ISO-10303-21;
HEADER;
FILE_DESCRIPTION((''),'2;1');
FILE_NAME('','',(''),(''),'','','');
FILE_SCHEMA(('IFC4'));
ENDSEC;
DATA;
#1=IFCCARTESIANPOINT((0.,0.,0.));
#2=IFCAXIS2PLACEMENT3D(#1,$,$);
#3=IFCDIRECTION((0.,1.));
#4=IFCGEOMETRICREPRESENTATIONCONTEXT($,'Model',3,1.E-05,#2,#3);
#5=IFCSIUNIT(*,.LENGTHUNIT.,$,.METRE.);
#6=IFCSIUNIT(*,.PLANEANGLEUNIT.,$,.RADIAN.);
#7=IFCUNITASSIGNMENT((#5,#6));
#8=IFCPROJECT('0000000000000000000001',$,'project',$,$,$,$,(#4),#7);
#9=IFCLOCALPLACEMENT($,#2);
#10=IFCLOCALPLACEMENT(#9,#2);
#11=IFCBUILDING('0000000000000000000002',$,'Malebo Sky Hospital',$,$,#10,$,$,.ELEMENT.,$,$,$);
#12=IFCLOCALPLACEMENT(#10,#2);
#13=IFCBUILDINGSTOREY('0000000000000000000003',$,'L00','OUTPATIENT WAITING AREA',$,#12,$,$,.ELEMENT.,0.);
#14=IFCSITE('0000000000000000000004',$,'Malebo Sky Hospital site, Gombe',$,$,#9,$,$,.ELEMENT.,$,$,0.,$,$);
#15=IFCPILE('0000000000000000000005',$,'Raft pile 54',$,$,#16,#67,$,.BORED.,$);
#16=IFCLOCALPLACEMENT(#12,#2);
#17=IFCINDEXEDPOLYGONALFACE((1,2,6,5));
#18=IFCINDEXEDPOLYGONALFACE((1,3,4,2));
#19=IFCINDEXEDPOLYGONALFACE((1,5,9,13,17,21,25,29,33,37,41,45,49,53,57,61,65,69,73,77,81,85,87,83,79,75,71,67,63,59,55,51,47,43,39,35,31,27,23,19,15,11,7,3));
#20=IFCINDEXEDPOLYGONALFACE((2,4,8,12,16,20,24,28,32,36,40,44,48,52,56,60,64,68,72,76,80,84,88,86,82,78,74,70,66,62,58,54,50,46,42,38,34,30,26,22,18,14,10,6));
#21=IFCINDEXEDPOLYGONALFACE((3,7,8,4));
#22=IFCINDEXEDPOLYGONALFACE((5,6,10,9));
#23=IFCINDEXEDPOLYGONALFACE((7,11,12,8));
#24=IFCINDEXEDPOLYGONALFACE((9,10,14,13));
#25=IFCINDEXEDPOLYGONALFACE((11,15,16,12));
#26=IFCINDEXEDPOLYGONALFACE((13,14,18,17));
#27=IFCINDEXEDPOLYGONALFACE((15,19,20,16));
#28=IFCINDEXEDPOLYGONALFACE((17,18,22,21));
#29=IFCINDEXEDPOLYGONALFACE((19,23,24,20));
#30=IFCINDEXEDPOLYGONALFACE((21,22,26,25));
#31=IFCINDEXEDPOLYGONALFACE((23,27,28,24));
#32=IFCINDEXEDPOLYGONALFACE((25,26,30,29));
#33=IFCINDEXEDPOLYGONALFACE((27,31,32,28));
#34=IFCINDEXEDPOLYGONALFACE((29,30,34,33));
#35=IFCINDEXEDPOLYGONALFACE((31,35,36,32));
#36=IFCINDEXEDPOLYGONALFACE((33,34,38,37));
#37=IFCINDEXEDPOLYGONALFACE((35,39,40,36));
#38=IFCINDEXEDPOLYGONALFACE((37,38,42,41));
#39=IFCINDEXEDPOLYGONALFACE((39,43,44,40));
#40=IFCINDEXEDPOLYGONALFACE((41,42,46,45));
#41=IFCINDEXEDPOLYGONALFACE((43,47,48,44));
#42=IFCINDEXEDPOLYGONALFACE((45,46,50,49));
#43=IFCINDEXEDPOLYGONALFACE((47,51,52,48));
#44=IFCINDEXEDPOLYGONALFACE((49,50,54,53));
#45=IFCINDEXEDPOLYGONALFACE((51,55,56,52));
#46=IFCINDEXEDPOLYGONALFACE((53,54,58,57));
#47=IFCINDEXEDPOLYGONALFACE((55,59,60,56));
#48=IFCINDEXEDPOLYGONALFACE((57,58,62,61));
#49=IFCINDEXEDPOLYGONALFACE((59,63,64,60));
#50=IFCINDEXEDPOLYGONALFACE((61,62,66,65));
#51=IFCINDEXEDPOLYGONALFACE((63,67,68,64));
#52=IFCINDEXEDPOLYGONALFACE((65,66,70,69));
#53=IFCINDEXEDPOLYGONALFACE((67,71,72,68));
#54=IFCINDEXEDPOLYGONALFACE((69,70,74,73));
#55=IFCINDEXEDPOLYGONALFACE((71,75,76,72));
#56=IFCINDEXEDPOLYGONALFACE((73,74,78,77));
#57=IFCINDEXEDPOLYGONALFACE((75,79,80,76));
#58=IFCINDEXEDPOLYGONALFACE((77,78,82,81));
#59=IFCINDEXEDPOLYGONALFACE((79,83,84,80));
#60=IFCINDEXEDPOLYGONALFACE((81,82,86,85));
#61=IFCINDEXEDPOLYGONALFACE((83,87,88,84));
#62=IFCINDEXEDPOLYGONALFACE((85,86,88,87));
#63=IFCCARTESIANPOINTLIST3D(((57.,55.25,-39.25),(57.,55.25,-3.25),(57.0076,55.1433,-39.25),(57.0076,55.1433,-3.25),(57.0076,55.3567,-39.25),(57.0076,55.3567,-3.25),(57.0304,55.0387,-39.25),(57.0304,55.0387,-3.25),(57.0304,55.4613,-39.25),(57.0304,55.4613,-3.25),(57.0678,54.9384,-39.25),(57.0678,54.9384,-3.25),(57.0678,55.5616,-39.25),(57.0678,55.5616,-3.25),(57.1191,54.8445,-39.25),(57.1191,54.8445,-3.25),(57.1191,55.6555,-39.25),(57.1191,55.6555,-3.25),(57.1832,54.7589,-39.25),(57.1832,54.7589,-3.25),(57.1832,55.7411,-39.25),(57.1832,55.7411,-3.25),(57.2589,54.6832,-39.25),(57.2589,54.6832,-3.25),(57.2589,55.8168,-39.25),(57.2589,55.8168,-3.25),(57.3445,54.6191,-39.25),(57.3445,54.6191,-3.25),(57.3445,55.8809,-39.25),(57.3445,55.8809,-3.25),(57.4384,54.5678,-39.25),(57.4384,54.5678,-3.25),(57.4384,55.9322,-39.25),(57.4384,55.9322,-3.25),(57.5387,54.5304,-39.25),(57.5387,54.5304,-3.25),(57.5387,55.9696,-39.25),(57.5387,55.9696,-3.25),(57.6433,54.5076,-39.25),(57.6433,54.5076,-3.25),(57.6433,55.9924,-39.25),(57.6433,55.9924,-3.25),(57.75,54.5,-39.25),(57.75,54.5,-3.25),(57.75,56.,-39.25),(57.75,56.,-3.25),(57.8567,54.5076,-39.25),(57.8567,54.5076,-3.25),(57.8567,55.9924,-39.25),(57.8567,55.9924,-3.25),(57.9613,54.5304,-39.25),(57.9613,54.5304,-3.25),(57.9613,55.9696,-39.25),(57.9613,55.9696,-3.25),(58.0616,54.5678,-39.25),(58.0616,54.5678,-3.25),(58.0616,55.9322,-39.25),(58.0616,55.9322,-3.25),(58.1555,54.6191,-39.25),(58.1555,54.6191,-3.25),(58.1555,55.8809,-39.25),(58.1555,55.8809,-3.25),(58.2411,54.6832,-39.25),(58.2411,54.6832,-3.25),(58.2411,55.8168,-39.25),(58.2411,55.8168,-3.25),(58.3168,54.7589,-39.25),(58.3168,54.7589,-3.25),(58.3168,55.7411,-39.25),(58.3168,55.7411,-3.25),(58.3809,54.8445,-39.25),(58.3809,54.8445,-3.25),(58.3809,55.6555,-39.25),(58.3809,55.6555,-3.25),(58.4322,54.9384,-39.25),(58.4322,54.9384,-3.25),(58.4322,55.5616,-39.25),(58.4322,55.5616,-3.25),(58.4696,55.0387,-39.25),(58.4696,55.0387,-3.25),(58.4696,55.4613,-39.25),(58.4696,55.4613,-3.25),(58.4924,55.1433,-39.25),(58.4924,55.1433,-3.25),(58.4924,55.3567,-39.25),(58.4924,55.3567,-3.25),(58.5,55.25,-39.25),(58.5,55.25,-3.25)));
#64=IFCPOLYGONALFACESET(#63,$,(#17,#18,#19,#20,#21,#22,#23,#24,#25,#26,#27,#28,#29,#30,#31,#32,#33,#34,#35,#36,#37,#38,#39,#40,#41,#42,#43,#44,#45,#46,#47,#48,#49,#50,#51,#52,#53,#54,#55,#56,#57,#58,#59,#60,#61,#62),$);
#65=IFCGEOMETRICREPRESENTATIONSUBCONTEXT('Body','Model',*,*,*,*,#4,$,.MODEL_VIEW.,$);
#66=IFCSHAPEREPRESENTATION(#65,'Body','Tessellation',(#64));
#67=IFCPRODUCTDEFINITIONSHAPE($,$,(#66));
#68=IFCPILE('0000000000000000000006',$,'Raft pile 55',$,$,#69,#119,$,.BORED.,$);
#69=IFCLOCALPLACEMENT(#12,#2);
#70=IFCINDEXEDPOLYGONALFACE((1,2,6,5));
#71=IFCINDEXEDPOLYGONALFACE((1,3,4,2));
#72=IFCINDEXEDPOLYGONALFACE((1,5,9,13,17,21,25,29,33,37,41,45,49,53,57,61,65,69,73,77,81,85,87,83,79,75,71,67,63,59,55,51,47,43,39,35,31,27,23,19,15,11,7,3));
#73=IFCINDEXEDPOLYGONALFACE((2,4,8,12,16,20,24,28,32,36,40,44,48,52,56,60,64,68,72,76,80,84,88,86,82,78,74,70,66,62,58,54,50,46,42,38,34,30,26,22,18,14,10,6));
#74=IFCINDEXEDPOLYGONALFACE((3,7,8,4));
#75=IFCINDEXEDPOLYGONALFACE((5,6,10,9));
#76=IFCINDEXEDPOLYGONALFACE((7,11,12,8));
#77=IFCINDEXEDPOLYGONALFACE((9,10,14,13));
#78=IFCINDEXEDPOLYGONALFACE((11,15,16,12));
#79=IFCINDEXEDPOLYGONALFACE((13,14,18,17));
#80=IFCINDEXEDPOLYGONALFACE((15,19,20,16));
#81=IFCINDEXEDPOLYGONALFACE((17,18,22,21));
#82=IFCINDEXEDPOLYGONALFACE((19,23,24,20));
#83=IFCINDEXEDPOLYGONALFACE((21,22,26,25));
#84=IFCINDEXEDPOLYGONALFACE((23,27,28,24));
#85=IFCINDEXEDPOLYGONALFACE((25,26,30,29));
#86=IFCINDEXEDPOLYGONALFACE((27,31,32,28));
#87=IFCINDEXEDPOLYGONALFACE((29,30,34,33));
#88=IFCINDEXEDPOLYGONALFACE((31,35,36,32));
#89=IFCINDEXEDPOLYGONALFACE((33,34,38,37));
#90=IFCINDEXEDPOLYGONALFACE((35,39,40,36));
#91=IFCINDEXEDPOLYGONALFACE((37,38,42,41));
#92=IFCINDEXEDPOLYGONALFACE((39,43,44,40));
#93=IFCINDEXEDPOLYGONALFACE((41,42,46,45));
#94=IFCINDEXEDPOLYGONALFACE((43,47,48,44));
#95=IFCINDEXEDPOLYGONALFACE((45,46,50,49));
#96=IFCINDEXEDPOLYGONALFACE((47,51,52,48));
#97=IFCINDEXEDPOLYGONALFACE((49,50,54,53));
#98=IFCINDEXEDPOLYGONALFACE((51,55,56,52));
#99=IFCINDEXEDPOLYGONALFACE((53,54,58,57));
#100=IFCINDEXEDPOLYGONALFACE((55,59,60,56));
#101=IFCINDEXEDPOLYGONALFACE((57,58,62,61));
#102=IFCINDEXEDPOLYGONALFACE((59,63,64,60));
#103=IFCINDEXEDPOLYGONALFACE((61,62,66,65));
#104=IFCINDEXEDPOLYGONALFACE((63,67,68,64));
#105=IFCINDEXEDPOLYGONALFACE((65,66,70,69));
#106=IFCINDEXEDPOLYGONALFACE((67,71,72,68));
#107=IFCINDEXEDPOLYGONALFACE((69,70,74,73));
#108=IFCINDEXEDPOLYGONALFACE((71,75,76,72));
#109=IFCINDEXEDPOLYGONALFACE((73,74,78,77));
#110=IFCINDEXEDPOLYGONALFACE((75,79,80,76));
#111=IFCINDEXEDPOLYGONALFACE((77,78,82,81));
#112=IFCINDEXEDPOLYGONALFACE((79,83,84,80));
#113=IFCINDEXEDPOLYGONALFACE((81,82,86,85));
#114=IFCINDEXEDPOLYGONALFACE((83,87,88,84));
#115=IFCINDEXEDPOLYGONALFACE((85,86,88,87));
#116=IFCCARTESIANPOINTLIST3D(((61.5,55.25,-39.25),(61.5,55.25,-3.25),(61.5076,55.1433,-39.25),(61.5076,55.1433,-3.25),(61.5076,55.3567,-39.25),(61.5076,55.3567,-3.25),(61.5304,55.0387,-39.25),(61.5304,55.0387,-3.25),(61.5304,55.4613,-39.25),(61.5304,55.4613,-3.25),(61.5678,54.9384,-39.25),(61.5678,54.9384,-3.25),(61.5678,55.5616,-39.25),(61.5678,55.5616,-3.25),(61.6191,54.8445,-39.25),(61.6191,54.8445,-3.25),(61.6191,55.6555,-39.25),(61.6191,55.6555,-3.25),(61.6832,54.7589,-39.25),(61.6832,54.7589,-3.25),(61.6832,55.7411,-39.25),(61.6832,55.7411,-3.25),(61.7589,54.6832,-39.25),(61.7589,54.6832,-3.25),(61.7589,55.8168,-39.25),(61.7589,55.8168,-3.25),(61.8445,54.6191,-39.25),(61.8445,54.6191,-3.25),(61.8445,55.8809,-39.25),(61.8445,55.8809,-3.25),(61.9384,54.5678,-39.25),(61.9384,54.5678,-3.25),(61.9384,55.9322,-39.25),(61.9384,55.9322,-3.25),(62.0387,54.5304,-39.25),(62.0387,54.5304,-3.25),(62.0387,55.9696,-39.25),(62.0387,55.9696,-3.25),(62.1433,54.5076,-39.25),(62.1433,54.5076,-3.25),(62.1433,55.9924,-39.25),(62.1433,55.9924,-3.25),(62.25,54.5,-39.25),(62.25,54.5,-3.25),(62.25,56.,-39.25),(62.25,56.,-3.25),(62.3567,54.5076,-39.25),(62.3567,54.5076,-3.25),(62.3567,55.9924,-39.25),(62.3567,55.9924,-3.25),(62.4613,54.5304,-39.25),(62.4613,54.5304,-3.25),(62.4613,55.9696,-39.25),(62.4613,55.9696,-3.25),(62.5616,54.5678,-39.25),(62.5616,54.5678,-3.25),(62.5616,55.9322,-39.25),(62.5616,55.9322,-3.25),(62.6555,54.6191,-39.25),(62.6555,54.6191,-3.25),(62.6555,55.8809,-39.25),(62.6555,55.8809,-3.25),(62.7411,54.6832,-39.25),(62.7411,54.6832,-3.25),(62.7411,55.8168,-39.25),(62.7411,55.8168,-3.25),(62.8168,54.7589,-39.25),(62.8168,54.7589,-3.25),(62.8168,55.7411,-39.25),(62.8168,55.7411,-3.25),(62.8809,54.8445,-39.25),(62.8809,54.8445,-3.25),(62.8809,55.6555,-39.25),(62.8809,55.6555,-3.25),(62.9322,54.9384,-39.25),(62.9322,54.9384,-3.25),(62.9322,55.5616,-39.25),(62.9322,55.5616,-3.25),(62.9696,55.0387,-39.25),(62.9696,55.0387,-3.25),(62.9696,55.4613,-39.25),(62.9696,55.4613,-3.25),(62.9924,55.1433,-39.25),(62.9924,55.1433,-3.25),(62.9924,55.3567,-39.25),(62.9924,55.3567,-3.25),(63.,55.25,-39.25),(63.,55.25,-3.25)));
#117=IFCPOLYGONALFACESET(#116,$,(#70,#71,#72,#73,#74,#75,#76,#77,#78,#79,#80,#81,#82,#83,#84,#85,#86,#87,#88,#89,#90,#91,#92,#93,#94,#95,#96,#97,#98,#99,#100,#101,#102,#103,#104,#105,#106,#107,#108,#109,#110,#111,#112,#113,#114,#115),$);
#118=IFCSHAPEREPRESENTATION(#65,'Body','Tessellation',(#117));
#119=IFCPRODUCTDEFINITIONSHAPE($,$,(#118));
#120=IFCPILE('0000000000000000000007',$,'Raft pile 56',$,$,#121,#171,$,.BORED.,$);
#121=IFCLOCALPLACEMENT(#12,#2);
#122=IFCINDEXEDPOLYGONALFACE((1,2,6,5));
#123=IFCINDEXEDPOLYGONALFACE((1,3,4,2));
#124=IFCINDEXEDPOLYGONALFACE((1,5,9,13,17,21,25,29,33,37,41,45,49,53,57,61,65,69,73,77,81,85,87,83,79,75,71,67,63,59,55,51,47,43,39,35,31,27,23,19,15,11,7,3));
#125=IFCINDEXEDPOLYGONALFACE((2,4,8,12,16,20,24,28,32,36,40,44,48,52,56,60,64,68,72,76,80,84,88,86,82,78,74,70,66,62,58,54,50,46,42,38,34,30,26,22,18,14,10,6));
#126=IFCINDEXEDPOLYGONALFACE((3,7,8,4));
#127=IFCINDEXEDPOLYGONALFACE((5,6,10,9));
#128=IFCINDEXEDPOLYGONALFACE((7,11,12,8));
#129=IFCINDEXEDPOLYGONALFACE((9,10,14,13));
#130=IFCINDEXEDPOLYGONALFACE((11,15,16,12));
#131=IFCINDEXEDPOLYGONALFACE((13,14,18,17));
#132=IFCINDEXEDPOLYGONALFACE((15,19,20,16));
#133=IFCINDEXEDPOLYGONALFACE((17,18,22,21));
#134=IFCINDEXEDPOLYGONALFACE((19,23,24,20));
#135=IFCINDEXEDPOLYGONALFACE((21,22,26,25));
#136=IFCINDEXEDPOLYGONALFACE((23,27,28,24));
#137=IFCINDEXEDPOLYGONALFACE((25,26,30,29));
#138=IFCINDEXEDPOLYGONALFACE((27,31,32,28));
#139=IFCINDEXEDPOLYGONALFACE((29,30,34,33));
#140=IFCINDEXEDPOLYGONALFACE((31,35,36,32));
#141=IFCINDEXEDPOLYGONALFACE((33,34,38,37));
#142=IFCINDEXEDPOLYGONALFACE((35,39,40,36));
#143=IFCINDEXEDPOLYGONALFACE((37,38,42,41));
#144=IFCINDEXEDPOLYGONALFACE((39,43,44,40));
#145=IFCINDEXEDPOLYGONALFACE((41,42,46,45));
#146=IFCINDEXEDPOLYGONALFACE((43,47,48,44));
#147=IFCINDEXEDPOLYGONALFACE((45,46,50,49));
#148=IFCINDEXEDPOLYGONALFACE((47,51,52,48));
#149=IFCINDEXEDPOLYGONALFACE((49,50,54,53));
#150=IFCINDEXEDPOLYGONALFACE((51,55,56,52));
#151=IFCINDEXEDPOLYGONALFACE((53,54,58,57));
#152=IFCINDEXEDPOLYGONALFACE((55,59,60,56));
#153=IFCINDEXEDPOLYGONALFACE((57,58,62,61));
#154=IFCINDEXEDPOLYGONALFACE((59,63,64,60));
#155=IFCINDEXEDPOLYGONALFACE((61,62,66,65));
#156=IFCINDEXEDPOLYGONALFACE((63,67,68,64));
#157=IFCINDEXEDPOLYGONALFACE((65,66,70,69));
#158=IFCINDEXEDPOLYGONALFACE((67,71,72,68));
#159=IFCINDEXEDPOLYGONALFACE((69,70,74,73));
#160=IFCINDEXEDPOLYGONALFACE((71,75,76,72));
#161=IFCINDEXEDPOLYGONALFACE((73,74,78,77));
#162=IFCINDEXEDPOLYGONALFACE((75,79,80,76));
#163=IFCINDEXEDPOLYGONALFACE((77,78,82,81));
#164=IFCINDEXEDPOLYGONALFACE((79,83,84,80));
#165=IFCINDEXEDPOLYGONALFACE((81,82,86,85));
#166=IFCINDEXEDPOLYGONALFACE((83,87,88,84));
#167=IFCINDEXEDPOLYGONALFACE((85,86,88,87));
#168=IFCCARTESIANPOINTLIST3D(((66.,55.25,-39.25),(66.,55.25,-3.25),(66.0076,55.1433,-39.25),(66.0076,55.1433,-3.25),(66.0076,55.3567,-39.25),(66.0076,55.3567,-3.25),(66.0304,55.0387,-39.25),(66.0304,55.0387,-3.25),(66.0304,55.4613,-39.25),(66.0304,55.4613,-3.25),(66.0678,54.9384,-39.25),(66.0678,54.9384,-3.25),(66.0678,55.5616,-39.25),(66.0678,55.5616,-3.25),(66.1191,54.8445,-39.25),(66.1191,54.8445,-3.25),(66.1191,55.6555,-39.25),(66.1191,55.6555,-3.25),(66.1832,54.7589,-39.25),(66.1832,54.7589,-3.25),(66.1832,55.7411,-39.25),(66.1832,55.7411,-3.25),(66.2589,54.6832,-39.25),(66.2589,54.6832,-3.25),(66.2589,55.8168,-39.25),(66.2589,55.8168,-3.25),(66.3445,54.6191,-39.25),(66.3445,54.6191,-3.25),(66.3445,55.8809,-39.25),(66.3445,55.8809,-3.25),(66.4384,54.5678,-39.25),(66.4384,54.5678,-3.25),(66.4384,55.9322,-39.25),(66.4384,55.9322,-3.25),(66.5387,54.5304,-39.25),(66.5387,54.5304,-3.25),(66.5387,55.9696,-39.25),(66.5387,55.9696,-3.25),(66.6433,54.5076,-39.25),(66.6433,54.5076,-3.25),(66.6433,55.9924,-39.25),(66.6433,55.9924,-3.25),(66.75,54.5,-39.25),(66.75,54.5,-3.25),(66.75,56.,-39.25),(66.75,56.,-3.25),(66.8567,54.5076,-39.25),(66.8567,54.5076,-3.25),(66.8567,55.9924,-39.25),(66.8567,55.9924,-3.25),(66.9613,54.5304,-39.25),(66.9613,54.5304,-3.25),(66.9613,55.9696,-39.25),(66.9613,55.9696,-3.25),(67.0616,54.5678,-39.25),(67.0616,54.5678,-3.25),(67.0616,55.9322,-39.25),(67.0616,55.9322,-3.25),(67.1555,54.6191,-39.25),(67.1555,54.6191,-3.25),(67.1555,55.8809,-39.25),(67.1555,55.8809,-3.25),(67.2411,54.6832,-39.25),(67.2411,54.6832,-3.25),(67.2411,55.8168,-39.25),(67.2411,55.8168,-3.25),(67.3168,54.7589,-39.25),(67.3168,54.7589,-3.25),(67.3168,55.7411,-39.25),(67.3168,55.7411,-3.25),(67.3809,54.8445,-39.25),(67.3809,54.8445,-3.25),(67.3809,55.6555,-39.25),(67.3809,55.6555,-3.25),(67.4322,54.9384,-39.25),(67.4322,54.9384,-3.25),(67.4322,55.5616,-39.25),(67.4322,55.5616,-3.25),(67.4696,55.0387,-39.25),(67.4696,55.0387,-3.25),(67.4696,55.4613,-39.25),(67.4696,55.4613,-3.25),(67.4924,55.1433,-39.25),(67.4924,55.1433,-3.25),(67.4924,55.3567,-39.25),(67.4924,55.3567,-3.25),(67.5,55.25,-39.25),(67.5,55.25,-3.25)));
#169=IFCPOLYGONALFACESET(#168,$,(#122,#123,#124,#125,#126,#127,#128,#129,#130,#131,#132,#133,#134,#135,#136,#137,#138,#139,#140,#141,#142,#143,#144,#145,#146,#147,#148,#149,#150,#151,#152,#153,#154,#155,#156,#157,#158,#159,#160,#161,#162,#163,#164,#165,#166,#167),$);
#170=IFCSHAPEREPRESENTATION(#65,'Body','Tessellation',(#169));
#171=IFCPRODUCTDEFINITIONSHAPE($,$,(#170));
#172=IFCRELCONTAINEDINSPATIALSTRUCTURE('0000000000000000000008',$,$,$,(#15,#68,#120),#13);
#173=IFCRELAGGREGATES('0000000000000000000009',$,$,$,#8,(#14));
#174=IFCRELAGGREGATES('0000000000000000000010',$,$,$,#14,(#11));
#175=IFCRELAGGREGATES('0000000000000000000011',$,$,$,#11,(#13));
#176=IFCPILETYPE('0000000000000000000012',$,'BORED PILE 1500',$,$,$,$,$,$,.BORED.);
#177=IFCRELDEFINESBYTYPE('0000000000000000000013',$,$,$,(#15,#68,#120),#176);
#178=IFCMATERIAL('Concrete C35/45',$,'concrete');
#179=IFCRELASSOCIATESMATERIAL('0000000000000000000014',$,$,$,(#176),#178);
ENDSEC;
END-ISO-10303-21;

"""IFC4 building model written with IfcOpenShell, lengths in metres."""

from ifc_helpers import new_model, si_unit, direction, frame, origin, origin_2d, place, context, subcontext, project, spatial, circle, extrude, material, material_profile, profile_set, type_object, element, save


model = new_model("IFC4")

# Units and contexts
model_context = context("Model", 3, precision=1e-05, world=origin(), true_north=direction((0.0, 1.0)))
body_context = subcontext(model_context, "Body", "Model", "MODEL_VIEW")
ifc_project = project(units=[si_unit("LENGTHUNIT", "METRE"), si_unit("PLANEANGLEUNIT", "RADIAN")], contexts=[model_context])

# Site, building, storey
site_placement = place(None, origin())
site = spatial("IfcSite", under=ifc_project, at=site_placement, Name="Malebo Sky Hospital site, Gombe", CompositionType="ELEMENT", RefElevation=0.0)
building_placement = place(site_placement, origin())
building = spatial("IfcBuilding", under=site, at=building_placement, Name="Malebo Sky Hospital", CompositionType="ELEMENT")
storey_placement = place(building_placement, origin())
storey = spatial("IfcBuildingStorey", under=building, at=storey_placement, Name="L00", Description="OUTPATIENT WAITING AREA", CompositionType="ELEMENT", Elevation=0.0)

# Piles
ifc_material_1 = material(Name="Concrete C35/45", Category="concrete")
ifc_material_profile = material_profile(ifc_material_1, circle(Radius=0.75, at=origin_2d()), Name="BP 1500")
ifc_profile_set = profile_set([ifc_material_profile], Name="Concrete C35/45")
pile_type = type_object("IfcPileType", Name="BORED PILE 1500", PredefinedType="BORED", material=ifc_profile_set)
for number, where, z_axis, x_axis, name in (
    (1, (57.75, 55.25, -3.25), (0.0, 0.0, -1.0), (1.0, 0.0, 0.0), "Raft pile 54"),
    (2, (62.25, 55.25, -3.25), (0.0, 0.0, -1.0), (1.0, 0.0, 0.0), "Raft pile 55"),
    (3, (66.75, 55.25, -3.25), (0.0, 0.0, -1.0), (1.0, 0.0, 0.0), "Raft pile 56"),
):
    element("IfcPile", number, at=place(storey_placement, frame(where, z_axis=z_axis, x_axis=x_axis)), inside=storey, type_object=pile_type, Name=name, PredefinedType="BORED", context=body_context, shape_type="SweptSolid", body=[
        extrude(circle(Radius=0.75, at=origin_2d()), origin(), (0.0, 0.0, 1.0), 36.0),
    ])

save(model, "model.ifc")
